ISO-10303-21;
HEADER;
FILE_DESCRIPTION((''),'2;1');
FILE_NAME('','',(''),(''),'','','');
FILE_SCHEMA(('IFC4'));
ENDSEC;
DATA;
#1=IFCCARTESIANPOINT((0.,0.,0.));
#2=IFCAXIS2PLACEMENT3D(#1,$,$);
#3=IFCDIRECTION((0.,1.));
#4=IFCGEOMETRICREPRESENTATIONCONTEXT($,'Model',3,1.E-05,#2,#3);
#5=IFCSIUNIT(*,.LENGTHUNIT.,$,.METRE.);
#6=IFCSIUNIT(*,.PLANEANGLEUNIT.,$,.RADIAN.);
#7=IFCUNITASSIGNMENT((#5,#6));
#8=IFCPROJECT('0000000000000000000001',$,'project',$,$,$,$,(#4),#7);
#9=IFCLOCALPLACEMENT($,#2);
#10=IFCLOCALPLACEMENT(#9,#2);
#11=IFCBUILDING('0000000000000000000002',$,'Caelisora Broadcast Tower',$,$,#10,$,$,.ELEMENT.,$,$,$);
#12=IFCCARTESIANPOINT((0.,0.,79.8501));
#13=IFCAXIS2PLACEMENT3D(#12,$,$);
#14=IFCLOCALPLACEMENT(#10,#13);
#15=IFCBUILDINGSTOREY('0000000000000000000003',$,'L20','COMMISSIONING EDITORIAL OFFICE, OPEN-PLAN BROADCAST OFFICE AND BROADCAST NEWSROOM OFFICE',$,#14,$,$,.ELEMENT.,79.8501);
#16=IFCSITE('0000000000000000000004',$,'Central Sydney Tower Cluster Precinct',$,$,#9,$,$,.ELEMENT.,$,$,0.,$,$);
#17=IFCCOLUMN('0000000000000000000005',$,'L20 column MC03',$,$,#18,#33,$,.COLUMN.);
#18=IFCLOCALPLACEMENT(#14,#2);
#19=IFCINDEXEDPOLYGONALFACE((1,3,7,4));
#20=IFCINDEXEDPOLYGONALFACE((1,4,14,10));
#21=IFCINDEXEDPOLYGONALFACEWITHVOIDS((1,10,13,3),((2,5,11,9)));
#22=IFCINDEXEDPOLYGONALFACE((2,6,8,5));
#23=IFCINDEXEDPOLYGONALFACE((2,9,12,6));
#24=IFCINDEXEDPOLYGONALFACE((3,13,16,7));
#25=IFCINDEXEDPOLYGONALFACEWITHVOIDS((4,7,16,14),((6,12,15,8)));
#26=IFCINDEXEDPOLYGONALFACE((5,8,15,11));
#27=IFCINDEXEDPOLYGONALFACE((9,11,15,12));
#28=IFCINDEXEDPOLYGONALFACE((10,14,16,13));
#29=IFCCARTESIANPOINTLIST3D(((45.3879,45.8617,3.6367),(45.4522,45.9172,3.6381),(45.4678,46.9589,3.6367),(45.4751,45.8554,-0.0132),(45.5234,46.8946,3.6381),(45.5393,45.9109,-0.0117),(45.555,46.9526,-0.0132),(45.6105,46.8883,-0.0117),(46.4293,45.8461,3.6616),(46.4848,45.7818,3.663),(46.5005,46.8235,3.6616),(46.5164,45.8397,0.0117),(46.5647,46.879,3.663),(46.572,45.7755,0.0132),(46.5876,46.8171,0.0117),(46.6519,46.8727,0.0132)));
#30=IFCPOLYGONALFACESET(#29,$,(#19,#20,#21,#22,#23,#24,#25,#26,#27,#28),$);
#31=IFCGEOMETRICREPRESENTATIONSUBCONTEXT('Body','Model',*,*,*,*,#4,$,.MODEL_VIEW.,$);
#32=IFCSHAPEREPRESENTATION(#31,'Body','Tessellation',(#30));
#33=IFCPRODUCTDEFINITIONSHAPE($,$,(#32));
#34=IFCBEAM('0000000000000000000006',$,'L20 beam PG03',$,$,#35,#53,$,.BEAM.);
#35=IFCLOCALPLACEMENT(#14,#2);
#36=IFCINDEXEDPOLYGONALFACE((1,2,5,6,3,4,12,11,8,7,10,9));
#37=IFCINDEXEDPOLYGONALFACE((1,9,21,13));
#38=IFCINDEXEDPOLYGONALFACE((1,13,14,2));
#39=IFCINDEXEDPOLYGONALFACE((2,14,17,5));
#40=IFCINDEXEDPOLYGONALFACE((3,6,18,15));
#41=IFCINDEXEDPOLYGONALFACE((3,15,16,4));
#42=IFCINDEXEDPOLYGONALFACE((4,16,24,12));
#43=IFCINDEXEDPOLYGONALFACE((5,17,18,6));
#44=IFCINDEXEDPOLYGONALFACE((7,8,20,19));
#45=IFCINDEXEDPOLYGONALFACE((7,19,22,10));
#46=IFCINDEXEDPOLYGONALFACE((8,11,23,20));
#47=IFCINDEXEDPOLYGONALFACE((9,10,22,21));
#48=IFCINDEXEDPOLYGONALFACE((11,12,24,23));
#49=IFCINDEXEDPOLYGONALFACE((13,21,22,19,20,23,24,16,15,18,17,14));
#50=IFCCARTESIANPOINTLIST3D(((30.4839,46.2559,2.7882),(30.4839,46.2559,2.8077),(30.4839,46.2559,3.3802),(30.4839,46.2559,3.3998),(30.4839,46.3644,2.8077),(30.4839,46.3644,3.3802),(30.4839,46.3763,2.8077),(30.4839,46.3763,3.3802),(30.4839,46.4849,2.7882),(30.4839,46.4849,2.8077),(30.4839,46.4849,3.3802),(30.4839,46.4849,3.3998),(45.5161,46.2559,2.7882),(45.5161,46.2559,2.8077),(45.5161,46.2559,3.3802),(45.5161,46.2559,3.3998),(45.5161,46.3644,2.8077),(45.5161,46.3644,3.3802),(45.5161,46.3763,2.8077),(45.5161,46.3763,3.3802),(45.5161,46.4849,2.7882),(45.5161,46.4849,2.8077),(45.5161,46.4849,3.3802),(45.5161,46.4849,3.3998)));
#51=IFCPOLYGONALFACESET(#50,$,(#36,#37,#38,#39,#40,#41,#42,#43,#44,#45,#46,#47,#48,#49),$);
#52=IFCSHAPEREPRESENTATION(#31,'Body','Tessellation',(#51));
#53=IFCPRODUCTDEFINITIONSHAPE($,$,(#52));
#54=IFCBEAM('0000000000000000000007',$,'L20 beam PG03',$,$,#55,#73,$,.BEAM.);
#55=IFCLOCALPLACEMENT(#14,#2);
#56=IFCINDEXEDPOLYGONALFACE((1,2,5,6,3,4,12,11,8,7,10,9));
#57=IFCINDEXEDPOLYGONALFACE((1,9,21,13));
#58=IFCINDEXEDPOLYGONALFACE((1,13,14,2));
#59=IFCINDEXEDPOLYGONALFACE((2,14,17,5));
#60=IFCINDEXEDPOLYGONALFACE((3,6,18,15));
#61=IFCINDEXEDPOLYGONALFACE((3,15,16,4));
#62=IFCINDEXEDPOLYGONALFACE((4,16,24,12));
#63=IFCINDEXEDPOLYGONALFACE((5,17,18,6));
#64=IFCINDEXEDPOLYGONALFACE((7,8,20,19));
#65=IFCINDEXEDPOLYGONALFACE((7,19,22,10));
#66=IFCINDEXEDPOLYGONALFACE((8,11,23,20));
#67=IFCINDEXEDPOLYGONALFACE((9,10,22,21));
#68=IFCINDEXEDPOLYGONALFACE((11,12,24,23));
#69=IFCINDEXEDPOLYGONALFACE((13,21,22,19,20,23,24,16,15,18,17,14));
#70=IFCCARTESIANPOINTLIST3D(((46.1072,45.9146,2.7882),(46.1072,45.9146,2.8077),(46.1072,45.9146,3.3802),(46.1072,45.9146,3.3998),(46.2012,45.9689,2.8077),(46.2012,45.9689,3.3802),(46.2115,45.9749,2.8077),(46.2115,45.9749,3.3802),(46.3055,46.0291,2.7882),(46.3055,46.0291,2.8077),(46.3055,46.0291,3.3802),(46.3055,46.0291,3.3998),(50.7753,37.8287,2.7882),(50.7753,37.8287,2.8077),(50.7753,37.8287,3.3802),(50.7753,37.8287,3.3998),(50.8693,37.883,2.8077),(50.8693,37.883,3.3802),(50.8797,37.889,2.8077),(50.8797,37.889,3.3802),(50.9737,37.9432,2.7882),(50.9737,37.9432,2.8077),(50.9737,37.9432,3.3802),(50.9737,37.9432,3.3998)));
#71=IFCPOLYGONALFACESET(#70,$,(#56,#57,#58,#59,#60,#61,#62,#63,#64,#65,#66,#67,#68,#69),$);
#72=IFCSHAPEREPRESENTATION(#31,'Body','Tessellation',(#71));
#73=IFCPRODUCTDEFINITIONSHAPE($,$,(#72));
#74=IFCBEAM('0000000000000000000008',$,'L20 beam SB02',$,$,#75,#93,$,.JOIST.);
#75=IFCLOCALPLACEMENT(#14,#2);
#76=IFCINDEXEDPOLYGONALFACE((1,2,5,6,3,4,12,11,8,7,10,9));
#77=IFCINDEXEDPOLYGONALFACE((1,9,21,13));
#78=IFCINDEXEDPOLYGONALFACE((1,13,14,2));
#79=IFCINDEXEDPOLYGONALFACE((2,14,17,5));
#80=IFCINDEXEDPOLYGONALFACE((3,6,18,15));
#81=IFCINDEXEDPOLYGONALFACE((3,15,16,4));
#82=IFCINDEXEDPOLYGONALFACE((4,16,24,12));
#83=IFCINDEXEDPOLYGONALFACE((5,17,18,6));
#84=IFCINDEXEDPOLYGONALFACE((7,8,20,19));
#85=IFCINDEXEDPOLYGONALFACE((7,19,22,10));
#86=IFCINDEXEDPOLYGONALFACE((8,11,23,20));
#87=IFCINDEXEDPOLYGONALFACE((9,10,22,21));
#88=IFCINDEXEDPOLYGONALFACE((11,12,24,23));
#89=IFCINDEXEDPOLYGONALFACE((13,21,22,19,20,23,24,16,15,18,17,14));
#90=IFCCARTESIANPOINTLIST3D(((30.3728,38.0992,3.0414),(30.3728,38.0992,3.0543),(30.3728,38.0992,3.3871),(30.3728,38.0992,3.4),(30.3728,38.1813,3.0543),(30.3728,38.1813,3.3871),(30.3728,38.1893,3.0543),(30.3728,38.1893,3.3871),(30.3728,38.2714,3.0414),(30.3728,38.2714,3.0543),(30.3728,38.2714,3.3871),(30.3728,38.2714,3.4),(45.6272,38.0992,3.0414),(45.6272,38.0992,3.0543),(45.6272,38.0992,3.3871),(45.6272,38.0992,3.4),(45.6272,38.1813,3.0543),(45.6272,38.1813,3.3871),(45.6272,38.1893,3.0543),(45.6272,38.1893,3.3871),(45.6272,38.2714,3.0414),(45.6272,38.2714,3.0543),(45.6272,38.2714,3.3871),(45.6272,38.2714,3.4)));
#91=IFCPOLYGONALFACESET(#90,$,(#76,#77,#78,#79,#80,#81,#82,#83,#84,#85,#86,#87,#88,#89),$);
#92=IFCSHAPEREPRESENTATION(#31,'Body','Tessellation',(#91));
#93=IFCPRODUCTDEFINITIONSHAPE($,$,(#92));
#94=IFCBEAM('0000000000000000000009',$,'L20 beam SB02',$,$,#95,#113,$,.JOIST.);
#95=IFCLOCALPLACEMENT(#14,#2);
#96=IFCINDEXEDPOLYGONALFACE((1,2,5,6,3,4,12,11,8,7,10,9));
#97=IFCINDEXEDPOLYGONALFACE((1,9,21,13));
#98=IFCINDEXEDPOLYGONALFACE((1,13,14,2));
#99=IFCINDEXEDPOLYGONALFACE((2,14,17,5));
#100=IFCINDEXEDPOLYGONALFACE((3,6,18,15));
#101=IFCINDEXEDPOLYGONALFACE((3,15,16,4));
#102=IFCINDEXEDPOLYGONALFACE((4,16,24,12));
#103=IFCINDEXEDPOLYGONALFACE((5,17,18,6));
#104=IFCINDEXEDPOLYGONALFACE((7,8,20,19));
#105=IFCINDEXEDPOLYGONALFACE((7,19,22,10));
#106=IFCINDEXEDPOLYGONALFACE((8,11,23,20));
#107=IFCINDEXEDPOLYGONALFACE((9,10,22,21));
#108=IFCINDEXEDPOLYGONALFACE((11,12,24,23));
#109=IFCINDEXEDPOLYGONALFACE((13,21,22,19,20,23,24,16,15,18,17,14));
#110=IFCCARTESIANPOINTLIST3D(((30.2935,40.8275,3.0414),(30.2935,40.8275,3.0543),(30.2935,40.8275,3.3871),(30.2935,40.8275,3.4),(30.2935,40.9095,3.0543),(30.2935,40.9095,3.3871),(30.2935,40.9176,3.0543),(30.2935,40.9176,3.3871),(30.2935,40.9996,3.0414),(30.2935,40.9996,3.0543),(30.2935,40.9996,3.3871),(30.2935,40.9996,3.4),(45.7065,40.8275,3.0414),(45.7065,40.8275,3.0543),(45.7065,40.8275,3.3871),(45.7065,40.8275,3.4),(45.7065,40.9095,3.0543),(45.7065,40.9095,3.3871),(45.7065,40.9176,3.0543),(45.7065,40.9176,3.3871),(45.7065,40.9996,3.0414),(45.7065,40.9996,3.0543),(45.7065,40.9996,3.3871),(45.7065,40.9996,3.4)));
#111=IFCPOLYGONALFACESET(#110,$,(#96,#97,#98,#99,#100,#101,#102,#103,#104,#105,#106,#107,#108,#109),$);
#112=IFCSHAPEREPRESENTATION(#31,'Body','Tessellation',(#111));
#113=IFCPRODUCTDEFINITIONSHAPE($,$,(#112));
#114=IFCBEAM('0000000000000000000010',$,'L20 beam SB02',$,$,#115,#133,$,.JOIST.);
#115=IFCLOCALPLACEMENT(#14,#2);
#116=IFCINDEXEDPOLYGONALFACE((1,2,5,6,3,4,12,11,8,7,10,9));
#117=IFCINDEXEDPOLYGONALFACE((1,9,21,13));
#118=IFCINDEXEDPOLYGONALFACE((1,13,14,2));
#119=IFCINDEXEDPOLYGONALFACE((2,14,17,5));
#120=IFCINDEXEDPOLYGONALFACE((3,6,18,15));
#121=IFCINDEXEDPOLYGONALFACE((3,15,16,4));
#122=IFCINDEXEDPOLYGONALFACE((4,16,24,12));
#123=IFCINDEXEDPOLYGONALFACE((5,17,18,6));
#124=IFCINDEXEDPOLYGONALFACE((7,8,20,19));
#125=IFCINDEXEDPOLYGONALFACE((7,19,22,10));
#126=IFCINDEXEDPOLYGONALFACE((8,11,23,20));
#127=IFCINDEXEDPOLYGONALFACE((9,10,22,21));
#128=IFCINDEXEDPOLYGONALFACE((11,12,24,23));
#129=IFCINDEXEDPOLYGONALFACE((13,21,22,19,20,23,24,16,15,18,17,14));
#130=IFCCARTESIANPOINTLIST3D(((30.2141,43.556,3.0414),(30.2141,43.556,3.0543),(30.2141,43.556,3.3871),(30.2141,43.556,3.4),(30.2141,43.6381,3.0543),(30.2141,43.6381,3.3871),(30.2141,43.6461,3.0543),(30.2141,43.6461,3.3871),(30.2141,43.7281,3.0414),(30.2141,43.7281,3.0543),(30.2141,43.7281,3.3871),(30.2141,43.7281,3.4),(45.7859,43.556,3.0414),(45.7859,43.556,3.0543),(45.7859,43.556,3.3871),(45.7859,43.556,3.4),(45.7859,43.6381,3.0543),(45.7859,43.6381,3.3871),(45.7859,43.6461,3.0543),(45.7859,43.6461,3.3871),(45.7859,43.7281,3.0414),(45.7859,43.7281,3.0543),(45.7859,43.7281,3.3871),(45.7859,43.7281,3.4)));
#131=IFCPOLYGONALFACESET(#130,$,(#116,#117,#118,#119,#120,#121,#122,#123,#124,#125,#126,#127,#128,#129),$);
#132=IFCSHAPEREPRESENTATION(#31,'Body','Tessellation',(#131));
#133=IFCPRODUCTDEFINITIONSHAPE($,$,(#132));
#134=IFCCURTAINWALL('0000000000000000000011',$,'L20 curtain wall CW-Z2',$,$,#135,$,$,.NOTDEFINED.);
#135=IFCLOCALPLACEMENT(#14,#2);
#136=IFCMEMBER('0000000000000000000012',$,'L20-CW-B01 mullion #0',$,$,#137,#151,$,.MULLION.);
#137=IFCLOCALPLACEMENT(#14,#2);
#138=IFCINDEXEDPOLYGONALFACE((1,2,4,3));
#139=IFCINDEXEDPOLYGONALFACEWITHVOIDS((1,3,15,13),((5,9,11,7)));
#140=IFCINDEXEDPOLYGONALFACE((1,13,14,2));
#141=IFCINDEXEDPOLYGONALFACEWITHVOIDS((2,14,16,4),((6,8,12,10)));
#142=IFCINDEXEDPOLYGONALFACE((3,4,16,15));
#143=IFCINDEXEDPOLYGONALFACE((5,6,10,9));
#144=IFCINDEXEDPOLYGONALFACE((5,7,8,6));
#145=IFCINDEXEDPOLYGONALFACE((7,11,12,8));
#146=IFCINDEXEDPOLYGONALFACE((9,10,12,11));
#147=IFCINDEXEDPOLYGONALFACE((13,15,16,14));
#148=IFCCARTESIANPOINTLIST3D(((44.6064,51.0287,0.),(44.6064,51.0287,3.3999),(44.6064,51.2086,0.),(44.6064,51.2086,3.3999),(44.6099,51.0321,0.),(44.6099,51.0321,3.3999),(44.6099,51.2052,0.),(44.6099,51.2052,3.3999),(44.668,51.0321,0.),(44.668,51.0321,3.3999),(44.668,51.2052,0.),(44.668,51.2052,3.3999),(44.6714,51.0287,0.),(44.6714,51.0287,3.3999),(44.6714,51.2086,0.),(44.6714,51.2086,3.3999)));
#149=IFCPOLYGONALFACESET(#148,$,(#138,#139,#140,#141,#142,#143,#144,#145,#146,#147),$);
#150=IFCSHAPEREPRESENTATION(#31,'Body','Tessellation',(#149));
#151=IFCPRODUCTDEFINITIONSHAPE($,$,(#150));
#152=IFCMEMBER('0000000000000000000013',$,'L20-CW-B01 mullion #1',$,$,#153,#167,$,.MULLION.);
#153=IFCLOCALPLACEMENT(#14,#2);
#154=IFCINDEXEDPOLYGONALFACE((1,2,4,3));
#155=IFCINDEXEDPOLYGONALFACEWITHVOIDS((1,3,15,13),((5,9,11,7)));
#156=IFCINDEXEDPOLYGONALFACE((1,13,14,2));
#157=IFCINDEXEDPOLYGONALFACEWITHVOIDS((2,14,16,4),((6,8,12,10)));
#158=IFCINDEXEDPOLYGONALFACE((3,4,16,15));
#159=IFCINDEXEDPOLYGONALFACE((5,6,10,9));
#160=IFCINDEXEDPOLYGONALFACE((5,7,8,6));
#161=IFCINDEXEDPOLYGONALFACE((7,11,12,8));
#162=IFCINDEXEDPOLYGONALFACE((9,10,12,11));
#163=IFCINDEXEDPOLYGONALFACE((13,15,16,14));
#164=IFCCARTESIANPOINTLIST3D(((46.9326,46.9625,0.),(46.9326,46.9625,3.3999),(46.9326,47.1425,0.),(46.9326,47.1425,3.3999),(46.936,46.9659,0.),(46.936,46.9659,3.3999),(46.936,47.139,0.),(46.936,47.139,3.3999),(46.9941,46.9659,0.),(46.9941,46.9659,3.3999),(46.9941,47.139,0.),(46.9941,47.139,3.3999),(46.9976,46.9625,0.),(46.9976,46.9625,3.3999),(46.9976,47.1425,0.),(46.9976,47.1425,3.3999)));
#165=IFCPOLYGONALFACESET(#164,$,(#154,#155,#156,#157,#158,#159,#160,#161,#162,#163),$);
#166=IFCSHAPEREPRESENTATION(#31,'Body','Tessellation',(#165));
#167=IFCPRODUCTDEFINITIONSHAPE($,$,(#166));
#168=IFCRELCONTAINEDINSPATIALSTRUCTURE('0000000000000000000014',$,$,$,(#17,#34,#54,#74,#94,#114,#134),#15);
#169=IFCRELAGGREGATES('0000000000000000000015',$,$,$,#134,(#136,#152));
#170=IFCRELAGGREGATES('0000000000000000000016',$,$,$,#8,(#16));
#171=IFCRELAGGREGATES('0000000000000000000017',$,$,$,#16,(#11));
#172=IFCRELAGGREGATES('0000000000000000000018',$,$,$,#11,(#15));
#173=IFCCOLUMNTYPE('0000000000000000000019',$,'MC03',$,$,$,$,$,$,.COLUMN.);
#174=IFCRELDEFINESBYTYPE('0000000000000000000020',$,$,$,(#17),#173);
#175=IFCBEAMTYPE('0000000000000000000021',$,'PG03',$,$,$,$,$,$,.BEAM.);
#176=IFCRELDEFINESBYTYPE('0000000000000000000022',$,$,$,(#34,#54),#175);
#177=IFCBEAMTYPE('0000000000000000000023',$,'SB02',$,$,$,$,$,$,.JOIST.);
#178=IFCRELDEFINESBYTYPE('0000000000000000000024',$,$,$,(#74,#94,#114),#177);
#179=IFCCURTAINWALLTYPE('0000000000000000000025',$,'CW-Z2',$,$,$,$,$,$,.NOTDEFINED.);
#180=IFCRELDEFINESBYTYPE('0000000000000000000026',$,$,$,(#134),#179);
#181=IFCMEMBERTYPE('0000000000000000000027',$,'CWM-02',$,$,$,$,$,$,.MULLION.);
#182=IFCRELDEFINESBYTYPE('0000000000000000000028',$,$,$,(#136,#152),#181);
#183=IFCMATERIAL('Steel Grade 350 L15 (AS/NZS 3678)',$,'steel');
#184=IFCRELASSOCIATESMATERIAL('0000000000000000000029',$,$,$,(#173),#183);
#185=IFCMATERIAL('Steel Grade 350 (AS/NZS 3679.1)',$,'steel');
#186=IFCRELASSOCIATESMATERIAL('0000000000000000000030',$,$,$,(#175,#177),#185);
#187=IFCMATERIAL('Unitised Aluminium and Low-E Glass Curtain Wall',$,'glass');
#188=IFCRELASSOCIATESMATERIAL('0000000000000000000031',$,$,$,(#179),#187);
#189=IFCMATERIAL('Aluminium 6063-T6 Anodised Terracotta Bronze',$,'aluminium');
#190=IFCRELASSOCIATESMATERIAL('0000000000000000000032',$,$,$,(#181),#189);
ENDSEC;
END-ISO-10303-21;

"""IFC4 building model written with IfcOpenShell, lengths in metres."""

from ifc_helpers import new_model, si_unit, direction, frame, origin, origin_2d, place, context, subcontext, project, spatial, hollow_rectangle, i_section, extrude, source, transform, mapped, material, material_profile, profile_set, type_object, type_shapes, element, aggregate, save


model = new_model("IFC4")

# Units and contexts
model_context = context("Model", 3, precision=1e-05, world=origin(), true_north=direction((0.0, 1.0)))
body_context = subcontext(model_context, "Body", "Model", "MODEL_VIEW")
ifc_project = project(units=[si_unit("LENGTHUNIT", "METRE"), si_unit("PLANEANGLEUNIT", "RADIAN")], contexts=[model_context])

# Site, building, storey
site_placement = place(None, origin())
site = spatial("IfcSite", under=ifc_project, at=site_placement, Name="Central Sydney Tower Cluster Precinct", CompositionType="ELEMENT", RefElevation=0.0)
building_placement = place(site_placement, origin())
building = spatial("IfcBuilding", under=site, at=building_placement, Name="Caelisora Broadcast Tower", CompositionType="ELEMENT")
storey_placement = place(building_placement, frame((0.0, 0.0, 79.8501)))
storey = spatial("IfcBuildingStorey", under=building, at=storey_placement, Name="L20", Description="COMMISSIONING EDITORIAL OFFICE, OPEN-PLAN BROADCAST OFFICE AND BROADCAST NEWSROOM OFFICE", CompositionType="ELEMENT", Elevation=79.8501)

# Column
ifc_material_1 = material(Name="Steel Grade 350 L15 (AS/NZS 3678)", Category="steel")
ifc_material_profile_1 = material_profile(ifc_material_1, hollow_rectangle(XDim=1.1001, YDim=1.1001, WallThickness=0.0601, at=origin_2d()), Name="Steel Grade 350 L15 (AS/NZS 3678)")
ifc_profile_set_1 = profile_set([ifc_material_profile_1], Name="Steel Grade 350 L15 (AS/NZS 3678)")
column_type = type_object("IfcColumnType", Name="MC03", PredefinedType="COLUMN", material=ifc_profile_set_1)
shared_shape_1 = source(origin(), body_context, "Body", "SweptSolid", [
    extrude(hollow_rectangle(XDim=1.1001, YDim=1.1001, WallThickness=0.0601, at=origin_2d()), origin(), (0.0, 0.0, 1.0), 3.6509),
])
type_shapes(column_type, [shared_shape_1])
column_placement = place(storey_placement, frame((46.0635, 46.364, 0.0), z_axis=(-0.023873, 0.001739, 0.999713), x_axis=(-0.072637, -0.997358, 0.0)))
element("IfcColumn", 1, at=column_placement, inside=storey, type_object=column_type, Name="L20 column MC03", PredefinedType="COLUMN", context=body_context, shape_type="MappedRepresentation", body=[
    mapped(shared_shape_1, transform((0.0, 0.0, 0.0), scale=1.0)),
])

# Beams
ifc_material_2 = material(Name="Steel Grade 350 (AS/NZS 3679.1)", Category="steel")
ifc_material_profile_2 = material_profile(ifc_material_2, i_section(OverallWidth=0.229, OverallDepth=0.6116, WebThickness=0.012, FlangeThickness=0.0195, at=origin_2d()), Name="Steel Grade 350 (AS/NZS 3679.1)")
ifc_profile_set_2 = profile_set([ifc_material_profile_2], Name="Steel Grade 350 (AS/NZS 3679.1)")
beam_type_1 = type_object("IfcBeamType", Name="PG03", PredefinedType="BEAM", material=ifc_profile_set_2)
shared_shape_2 = source(origin(), body_context, "Body", "SweptSolid", [
    extrude(i_section(OverallWidth=0.229, OverallDepth=0.6116, WebThickness=0.012, FlangeThickness=0.0195, at=origin_2d()), origin(), (0.0, 0.0, 1.0), 15.0322),
])
beam_1_placement = place(storey_placement, frame((45.5161, 46.3704, 3.094), z_axis=(-1.0, 0.0, 0.0), x_axis=(0.0, -1.0, 0.0)))
element("IfcBeam", 2, at=beam_1_placement, inside=storey, type_object=beam_type_1, Name="L20 beam PG03", PredefinedType="BEAM", context=body_context, shape_type="MappedRepresentation", body=[
    mapped(shared_shape_2, transform((0.0, 0.0, 0.0), scale=1.0)),
])
shared_shape_3 = source(origin(), body_context, "Body", "SweptSolid", [
    extrude(i_section(OverallWidth=0.229, OverallDepth=0.6116, WebThickness=0.012, FlangeThickness=0.0195, at=origin_2d()), origin(), (0.0, 0.0, 1.0), 9.3367),
])
type_shapes(beam_type_1, [shared_shape_2, shared_shape_3])
beam_2_placement = place(storey_placement, frame((50.8745, 37.886, 3.094), z_axis=(-0.499984, 0.866035, 0.0), x_axis=(-0.866035, -0.499984, 0.0)))
element("IfcBeam", 3, at=beam_2_placement, inside=storey, type_object=beam_type_1, Name="L20 beam PG03", PredefinedType="BEAM", context=body_context, shape_type="MappedRepresentation", body=[
    mapped(shared_shape_3, transform((0.0, 0.0, 0.0), scale=1.0)),
])
ifc_material_profile_3 = material_profile(ifc_material_2, i_section(OverallWidth=0.1721, OverallDepth=0.3586, WebThickness=0.0081, FlangeThickness=0.0129, at=origin_2d()), Name="Steel Grade 350 (AS/NZS 3679.1)")
ifc_profile_set_3 = profile_set([ifc_material_profile_3], Name="Steel Grade 350 (AS/NZS 3679.1)")
beam_type_2 = type_object("IfcBeamType", Name="SB02", PredefinedType="JOIST", material=ifc_profile_set_3)
shared_shape_4 = source(origin(), body_context, "Body", "SweptSolid", [
    extrude(i_section(OverallWidth=0.1721, OverallDepth=0.3586, WebThickness=0.0081, FlangeThickness=0.0129, at=origin_2d()), origin(), (0.0, 0.0, 1.0), 15.2544),
])
beam_3_placement = place(storey_placement, frame((45.6272, 38.1853, 3.2207), z_axis=(-1.0, 0.0, 0.0), x_axis=(0.0, -1.0, 0.0)))
element("IfcBeam", 4, at=beam_3_placement, inside=storey, type_object=beam_type_2, Name="L20 beam SB02", PredefinedType="JOIST", context=body_context, shape_type="MappedRepresentation", body=[
    mapped(shared_shape_4, transform((0.0, 0.0, 0.0), scale=1.0)),
])
shared_shape_5 = source(origin(), body_context, "Body", "SweptSolid", [
    extrude(i_section(OverallWidth=0.1721, OverallDepth=0.3586, WebThickness=0.0081, FlangeThickness=0.0129, at=origin_2d()), origin(), (0.0, 0.0, 1.0), 15.4131),
])
beam_4_placement = place(storey_placement, frame((45.7065, 40.9136, 3.2207), z_axis=(-1.0, 0.0, 0.0), x_axis=(0.0, -1.0, 0.0)))
element("IfcBeam", 5, at=beam_4_placement, inside=storey, type_object=beam_type_2, Name="L20 beam SB02", PredefinedType="JOIST", context=body_context, shape_type="MappedRepresentation", body=[
    mapped(shared_shape_5, transform((0.0, 0.0, 0.0), scale=1.0)),
])
shared_shape_6 = source(origin(), body_context, "Body", "SweptSolid", [
    extrude(i_section(OverallWidth=0.1721, OverallDepth=0.3586, WebThickness=0.0081, FlangeThickness=0.0129, at=origin_2d()), origin(), (0.0, 0.0, 1.0), 15.5718),
])
type_shapes(beam_type_2, [shared_shape_4, shared_shape_5, shared_shape_6])
beam_5_placement = place(storey_placement, frame((45.7859, 43.6421, 3.2207), z_axis=(-1.0, 0.0, 0.0), x_axis=(0.0, -1.0, 0.0)))
element("IfcBeam", 6, at=beam_5_placement, inside=storey, type_object=beam_type_2, Name="L20 beam SB02", PredefinedType="JOIST", context=body_context, shape_type="MappedRepresentation", body=[
    mapped(shared_shape_6, transform((0.0, 0.0, 0.0), scale=1.0)),
])

# Curtain wall, members
ifc_material_3 = material(Name="Unitised Aluminium and Low-E Glass Curtain Wall", Category="glass")
curtain_wall_type_1 = type_object("IfcCurtainWallType", Name="CW-Z2", PredefinedType="NOTDEFINED", material=ifc_material_3)
curtain_wall_1_placement = place(storey_placement, origin())
curtain_wall_1 = element("IfcCurtainWall", 7, at=curtain_wall_1_placement, inside=storey, type_object=curtain_wall_type_1, Name="L20 curtain wall CW-Z2", PredefinedType="NOTDEFINED")
ifc_material_4 = material(Name="Aluminium 6063-T6 Anodised Terracotta Bronze", Category="aluminium")
ifc_material_profile_4 = material_profile(ifc_material_4, hollow_rectangle(XDim=0.0649, YDim=0.1799, WallThickness=0.0034, at=origin_2d()), Name="Aluminium 6063-T6 Anodised Terracotta Bronze")
ifc_profile_set_4 = profile_set([ifc_material_profile_4], Name="Aluminium 6063-T6 Anodised Terracotta Bronze")
member_type_1 = type_object("IfcMemberType", Name="CWM-02", PredefinedType="MULLION", material=ifc_profile_set_4)
shared_shape_7 = source(origin(), body_context, "Body", "SweptSolid", [
    extrude(hollow_rectangle(XDim=0.0649, YDim=0.1799, WallThickness=0.0034, at=origin_2d()), origin(), (0.0, 0.0, 1.0), 3.3999),
])
type_shapes(member_type_1, [shared_shape_7])
member_1_placement = place(storey_placement, frame((44.6389, 51.1187, 0.0), z_axis=(0.0, 0.0, 1.0), x_axis=(1.0, 0.0, 0.0)))
member_1 = element("IfcMember", 8, at=member_1_placement, type_object=member_type_1, Name="L20-CW-B01 mullion #0", PredefinedType="MULLION", context=body_context, shape_type="MappedRepresentation", body=[
    mapped(shared_shape_7, transform((0.0, 0.0, 0.0), scale=1.0)),
])
member_2_placement = place(storey_placement, frame((46.9651, 47.0525, 0.0), z_axis=(0.0, 0.0, 1.0), x_axis=(1.0, 0.0, 0.0)))
member_2 = element("IfcMember", 9, at=member_2_placement, type_object=member_type_1, Name="L20-CW-B01 mullion #1", PredefinedType="MULLION", context=body_context, shape_type="MappedRepresentation", body=[
    mapped(shared_shape_7, transform((0.0, 0.0, 0.0), scale=1.0)),
])

aggregate(curtain_wall_1, [member_1, member_2])

save(model, "model.ifc")
